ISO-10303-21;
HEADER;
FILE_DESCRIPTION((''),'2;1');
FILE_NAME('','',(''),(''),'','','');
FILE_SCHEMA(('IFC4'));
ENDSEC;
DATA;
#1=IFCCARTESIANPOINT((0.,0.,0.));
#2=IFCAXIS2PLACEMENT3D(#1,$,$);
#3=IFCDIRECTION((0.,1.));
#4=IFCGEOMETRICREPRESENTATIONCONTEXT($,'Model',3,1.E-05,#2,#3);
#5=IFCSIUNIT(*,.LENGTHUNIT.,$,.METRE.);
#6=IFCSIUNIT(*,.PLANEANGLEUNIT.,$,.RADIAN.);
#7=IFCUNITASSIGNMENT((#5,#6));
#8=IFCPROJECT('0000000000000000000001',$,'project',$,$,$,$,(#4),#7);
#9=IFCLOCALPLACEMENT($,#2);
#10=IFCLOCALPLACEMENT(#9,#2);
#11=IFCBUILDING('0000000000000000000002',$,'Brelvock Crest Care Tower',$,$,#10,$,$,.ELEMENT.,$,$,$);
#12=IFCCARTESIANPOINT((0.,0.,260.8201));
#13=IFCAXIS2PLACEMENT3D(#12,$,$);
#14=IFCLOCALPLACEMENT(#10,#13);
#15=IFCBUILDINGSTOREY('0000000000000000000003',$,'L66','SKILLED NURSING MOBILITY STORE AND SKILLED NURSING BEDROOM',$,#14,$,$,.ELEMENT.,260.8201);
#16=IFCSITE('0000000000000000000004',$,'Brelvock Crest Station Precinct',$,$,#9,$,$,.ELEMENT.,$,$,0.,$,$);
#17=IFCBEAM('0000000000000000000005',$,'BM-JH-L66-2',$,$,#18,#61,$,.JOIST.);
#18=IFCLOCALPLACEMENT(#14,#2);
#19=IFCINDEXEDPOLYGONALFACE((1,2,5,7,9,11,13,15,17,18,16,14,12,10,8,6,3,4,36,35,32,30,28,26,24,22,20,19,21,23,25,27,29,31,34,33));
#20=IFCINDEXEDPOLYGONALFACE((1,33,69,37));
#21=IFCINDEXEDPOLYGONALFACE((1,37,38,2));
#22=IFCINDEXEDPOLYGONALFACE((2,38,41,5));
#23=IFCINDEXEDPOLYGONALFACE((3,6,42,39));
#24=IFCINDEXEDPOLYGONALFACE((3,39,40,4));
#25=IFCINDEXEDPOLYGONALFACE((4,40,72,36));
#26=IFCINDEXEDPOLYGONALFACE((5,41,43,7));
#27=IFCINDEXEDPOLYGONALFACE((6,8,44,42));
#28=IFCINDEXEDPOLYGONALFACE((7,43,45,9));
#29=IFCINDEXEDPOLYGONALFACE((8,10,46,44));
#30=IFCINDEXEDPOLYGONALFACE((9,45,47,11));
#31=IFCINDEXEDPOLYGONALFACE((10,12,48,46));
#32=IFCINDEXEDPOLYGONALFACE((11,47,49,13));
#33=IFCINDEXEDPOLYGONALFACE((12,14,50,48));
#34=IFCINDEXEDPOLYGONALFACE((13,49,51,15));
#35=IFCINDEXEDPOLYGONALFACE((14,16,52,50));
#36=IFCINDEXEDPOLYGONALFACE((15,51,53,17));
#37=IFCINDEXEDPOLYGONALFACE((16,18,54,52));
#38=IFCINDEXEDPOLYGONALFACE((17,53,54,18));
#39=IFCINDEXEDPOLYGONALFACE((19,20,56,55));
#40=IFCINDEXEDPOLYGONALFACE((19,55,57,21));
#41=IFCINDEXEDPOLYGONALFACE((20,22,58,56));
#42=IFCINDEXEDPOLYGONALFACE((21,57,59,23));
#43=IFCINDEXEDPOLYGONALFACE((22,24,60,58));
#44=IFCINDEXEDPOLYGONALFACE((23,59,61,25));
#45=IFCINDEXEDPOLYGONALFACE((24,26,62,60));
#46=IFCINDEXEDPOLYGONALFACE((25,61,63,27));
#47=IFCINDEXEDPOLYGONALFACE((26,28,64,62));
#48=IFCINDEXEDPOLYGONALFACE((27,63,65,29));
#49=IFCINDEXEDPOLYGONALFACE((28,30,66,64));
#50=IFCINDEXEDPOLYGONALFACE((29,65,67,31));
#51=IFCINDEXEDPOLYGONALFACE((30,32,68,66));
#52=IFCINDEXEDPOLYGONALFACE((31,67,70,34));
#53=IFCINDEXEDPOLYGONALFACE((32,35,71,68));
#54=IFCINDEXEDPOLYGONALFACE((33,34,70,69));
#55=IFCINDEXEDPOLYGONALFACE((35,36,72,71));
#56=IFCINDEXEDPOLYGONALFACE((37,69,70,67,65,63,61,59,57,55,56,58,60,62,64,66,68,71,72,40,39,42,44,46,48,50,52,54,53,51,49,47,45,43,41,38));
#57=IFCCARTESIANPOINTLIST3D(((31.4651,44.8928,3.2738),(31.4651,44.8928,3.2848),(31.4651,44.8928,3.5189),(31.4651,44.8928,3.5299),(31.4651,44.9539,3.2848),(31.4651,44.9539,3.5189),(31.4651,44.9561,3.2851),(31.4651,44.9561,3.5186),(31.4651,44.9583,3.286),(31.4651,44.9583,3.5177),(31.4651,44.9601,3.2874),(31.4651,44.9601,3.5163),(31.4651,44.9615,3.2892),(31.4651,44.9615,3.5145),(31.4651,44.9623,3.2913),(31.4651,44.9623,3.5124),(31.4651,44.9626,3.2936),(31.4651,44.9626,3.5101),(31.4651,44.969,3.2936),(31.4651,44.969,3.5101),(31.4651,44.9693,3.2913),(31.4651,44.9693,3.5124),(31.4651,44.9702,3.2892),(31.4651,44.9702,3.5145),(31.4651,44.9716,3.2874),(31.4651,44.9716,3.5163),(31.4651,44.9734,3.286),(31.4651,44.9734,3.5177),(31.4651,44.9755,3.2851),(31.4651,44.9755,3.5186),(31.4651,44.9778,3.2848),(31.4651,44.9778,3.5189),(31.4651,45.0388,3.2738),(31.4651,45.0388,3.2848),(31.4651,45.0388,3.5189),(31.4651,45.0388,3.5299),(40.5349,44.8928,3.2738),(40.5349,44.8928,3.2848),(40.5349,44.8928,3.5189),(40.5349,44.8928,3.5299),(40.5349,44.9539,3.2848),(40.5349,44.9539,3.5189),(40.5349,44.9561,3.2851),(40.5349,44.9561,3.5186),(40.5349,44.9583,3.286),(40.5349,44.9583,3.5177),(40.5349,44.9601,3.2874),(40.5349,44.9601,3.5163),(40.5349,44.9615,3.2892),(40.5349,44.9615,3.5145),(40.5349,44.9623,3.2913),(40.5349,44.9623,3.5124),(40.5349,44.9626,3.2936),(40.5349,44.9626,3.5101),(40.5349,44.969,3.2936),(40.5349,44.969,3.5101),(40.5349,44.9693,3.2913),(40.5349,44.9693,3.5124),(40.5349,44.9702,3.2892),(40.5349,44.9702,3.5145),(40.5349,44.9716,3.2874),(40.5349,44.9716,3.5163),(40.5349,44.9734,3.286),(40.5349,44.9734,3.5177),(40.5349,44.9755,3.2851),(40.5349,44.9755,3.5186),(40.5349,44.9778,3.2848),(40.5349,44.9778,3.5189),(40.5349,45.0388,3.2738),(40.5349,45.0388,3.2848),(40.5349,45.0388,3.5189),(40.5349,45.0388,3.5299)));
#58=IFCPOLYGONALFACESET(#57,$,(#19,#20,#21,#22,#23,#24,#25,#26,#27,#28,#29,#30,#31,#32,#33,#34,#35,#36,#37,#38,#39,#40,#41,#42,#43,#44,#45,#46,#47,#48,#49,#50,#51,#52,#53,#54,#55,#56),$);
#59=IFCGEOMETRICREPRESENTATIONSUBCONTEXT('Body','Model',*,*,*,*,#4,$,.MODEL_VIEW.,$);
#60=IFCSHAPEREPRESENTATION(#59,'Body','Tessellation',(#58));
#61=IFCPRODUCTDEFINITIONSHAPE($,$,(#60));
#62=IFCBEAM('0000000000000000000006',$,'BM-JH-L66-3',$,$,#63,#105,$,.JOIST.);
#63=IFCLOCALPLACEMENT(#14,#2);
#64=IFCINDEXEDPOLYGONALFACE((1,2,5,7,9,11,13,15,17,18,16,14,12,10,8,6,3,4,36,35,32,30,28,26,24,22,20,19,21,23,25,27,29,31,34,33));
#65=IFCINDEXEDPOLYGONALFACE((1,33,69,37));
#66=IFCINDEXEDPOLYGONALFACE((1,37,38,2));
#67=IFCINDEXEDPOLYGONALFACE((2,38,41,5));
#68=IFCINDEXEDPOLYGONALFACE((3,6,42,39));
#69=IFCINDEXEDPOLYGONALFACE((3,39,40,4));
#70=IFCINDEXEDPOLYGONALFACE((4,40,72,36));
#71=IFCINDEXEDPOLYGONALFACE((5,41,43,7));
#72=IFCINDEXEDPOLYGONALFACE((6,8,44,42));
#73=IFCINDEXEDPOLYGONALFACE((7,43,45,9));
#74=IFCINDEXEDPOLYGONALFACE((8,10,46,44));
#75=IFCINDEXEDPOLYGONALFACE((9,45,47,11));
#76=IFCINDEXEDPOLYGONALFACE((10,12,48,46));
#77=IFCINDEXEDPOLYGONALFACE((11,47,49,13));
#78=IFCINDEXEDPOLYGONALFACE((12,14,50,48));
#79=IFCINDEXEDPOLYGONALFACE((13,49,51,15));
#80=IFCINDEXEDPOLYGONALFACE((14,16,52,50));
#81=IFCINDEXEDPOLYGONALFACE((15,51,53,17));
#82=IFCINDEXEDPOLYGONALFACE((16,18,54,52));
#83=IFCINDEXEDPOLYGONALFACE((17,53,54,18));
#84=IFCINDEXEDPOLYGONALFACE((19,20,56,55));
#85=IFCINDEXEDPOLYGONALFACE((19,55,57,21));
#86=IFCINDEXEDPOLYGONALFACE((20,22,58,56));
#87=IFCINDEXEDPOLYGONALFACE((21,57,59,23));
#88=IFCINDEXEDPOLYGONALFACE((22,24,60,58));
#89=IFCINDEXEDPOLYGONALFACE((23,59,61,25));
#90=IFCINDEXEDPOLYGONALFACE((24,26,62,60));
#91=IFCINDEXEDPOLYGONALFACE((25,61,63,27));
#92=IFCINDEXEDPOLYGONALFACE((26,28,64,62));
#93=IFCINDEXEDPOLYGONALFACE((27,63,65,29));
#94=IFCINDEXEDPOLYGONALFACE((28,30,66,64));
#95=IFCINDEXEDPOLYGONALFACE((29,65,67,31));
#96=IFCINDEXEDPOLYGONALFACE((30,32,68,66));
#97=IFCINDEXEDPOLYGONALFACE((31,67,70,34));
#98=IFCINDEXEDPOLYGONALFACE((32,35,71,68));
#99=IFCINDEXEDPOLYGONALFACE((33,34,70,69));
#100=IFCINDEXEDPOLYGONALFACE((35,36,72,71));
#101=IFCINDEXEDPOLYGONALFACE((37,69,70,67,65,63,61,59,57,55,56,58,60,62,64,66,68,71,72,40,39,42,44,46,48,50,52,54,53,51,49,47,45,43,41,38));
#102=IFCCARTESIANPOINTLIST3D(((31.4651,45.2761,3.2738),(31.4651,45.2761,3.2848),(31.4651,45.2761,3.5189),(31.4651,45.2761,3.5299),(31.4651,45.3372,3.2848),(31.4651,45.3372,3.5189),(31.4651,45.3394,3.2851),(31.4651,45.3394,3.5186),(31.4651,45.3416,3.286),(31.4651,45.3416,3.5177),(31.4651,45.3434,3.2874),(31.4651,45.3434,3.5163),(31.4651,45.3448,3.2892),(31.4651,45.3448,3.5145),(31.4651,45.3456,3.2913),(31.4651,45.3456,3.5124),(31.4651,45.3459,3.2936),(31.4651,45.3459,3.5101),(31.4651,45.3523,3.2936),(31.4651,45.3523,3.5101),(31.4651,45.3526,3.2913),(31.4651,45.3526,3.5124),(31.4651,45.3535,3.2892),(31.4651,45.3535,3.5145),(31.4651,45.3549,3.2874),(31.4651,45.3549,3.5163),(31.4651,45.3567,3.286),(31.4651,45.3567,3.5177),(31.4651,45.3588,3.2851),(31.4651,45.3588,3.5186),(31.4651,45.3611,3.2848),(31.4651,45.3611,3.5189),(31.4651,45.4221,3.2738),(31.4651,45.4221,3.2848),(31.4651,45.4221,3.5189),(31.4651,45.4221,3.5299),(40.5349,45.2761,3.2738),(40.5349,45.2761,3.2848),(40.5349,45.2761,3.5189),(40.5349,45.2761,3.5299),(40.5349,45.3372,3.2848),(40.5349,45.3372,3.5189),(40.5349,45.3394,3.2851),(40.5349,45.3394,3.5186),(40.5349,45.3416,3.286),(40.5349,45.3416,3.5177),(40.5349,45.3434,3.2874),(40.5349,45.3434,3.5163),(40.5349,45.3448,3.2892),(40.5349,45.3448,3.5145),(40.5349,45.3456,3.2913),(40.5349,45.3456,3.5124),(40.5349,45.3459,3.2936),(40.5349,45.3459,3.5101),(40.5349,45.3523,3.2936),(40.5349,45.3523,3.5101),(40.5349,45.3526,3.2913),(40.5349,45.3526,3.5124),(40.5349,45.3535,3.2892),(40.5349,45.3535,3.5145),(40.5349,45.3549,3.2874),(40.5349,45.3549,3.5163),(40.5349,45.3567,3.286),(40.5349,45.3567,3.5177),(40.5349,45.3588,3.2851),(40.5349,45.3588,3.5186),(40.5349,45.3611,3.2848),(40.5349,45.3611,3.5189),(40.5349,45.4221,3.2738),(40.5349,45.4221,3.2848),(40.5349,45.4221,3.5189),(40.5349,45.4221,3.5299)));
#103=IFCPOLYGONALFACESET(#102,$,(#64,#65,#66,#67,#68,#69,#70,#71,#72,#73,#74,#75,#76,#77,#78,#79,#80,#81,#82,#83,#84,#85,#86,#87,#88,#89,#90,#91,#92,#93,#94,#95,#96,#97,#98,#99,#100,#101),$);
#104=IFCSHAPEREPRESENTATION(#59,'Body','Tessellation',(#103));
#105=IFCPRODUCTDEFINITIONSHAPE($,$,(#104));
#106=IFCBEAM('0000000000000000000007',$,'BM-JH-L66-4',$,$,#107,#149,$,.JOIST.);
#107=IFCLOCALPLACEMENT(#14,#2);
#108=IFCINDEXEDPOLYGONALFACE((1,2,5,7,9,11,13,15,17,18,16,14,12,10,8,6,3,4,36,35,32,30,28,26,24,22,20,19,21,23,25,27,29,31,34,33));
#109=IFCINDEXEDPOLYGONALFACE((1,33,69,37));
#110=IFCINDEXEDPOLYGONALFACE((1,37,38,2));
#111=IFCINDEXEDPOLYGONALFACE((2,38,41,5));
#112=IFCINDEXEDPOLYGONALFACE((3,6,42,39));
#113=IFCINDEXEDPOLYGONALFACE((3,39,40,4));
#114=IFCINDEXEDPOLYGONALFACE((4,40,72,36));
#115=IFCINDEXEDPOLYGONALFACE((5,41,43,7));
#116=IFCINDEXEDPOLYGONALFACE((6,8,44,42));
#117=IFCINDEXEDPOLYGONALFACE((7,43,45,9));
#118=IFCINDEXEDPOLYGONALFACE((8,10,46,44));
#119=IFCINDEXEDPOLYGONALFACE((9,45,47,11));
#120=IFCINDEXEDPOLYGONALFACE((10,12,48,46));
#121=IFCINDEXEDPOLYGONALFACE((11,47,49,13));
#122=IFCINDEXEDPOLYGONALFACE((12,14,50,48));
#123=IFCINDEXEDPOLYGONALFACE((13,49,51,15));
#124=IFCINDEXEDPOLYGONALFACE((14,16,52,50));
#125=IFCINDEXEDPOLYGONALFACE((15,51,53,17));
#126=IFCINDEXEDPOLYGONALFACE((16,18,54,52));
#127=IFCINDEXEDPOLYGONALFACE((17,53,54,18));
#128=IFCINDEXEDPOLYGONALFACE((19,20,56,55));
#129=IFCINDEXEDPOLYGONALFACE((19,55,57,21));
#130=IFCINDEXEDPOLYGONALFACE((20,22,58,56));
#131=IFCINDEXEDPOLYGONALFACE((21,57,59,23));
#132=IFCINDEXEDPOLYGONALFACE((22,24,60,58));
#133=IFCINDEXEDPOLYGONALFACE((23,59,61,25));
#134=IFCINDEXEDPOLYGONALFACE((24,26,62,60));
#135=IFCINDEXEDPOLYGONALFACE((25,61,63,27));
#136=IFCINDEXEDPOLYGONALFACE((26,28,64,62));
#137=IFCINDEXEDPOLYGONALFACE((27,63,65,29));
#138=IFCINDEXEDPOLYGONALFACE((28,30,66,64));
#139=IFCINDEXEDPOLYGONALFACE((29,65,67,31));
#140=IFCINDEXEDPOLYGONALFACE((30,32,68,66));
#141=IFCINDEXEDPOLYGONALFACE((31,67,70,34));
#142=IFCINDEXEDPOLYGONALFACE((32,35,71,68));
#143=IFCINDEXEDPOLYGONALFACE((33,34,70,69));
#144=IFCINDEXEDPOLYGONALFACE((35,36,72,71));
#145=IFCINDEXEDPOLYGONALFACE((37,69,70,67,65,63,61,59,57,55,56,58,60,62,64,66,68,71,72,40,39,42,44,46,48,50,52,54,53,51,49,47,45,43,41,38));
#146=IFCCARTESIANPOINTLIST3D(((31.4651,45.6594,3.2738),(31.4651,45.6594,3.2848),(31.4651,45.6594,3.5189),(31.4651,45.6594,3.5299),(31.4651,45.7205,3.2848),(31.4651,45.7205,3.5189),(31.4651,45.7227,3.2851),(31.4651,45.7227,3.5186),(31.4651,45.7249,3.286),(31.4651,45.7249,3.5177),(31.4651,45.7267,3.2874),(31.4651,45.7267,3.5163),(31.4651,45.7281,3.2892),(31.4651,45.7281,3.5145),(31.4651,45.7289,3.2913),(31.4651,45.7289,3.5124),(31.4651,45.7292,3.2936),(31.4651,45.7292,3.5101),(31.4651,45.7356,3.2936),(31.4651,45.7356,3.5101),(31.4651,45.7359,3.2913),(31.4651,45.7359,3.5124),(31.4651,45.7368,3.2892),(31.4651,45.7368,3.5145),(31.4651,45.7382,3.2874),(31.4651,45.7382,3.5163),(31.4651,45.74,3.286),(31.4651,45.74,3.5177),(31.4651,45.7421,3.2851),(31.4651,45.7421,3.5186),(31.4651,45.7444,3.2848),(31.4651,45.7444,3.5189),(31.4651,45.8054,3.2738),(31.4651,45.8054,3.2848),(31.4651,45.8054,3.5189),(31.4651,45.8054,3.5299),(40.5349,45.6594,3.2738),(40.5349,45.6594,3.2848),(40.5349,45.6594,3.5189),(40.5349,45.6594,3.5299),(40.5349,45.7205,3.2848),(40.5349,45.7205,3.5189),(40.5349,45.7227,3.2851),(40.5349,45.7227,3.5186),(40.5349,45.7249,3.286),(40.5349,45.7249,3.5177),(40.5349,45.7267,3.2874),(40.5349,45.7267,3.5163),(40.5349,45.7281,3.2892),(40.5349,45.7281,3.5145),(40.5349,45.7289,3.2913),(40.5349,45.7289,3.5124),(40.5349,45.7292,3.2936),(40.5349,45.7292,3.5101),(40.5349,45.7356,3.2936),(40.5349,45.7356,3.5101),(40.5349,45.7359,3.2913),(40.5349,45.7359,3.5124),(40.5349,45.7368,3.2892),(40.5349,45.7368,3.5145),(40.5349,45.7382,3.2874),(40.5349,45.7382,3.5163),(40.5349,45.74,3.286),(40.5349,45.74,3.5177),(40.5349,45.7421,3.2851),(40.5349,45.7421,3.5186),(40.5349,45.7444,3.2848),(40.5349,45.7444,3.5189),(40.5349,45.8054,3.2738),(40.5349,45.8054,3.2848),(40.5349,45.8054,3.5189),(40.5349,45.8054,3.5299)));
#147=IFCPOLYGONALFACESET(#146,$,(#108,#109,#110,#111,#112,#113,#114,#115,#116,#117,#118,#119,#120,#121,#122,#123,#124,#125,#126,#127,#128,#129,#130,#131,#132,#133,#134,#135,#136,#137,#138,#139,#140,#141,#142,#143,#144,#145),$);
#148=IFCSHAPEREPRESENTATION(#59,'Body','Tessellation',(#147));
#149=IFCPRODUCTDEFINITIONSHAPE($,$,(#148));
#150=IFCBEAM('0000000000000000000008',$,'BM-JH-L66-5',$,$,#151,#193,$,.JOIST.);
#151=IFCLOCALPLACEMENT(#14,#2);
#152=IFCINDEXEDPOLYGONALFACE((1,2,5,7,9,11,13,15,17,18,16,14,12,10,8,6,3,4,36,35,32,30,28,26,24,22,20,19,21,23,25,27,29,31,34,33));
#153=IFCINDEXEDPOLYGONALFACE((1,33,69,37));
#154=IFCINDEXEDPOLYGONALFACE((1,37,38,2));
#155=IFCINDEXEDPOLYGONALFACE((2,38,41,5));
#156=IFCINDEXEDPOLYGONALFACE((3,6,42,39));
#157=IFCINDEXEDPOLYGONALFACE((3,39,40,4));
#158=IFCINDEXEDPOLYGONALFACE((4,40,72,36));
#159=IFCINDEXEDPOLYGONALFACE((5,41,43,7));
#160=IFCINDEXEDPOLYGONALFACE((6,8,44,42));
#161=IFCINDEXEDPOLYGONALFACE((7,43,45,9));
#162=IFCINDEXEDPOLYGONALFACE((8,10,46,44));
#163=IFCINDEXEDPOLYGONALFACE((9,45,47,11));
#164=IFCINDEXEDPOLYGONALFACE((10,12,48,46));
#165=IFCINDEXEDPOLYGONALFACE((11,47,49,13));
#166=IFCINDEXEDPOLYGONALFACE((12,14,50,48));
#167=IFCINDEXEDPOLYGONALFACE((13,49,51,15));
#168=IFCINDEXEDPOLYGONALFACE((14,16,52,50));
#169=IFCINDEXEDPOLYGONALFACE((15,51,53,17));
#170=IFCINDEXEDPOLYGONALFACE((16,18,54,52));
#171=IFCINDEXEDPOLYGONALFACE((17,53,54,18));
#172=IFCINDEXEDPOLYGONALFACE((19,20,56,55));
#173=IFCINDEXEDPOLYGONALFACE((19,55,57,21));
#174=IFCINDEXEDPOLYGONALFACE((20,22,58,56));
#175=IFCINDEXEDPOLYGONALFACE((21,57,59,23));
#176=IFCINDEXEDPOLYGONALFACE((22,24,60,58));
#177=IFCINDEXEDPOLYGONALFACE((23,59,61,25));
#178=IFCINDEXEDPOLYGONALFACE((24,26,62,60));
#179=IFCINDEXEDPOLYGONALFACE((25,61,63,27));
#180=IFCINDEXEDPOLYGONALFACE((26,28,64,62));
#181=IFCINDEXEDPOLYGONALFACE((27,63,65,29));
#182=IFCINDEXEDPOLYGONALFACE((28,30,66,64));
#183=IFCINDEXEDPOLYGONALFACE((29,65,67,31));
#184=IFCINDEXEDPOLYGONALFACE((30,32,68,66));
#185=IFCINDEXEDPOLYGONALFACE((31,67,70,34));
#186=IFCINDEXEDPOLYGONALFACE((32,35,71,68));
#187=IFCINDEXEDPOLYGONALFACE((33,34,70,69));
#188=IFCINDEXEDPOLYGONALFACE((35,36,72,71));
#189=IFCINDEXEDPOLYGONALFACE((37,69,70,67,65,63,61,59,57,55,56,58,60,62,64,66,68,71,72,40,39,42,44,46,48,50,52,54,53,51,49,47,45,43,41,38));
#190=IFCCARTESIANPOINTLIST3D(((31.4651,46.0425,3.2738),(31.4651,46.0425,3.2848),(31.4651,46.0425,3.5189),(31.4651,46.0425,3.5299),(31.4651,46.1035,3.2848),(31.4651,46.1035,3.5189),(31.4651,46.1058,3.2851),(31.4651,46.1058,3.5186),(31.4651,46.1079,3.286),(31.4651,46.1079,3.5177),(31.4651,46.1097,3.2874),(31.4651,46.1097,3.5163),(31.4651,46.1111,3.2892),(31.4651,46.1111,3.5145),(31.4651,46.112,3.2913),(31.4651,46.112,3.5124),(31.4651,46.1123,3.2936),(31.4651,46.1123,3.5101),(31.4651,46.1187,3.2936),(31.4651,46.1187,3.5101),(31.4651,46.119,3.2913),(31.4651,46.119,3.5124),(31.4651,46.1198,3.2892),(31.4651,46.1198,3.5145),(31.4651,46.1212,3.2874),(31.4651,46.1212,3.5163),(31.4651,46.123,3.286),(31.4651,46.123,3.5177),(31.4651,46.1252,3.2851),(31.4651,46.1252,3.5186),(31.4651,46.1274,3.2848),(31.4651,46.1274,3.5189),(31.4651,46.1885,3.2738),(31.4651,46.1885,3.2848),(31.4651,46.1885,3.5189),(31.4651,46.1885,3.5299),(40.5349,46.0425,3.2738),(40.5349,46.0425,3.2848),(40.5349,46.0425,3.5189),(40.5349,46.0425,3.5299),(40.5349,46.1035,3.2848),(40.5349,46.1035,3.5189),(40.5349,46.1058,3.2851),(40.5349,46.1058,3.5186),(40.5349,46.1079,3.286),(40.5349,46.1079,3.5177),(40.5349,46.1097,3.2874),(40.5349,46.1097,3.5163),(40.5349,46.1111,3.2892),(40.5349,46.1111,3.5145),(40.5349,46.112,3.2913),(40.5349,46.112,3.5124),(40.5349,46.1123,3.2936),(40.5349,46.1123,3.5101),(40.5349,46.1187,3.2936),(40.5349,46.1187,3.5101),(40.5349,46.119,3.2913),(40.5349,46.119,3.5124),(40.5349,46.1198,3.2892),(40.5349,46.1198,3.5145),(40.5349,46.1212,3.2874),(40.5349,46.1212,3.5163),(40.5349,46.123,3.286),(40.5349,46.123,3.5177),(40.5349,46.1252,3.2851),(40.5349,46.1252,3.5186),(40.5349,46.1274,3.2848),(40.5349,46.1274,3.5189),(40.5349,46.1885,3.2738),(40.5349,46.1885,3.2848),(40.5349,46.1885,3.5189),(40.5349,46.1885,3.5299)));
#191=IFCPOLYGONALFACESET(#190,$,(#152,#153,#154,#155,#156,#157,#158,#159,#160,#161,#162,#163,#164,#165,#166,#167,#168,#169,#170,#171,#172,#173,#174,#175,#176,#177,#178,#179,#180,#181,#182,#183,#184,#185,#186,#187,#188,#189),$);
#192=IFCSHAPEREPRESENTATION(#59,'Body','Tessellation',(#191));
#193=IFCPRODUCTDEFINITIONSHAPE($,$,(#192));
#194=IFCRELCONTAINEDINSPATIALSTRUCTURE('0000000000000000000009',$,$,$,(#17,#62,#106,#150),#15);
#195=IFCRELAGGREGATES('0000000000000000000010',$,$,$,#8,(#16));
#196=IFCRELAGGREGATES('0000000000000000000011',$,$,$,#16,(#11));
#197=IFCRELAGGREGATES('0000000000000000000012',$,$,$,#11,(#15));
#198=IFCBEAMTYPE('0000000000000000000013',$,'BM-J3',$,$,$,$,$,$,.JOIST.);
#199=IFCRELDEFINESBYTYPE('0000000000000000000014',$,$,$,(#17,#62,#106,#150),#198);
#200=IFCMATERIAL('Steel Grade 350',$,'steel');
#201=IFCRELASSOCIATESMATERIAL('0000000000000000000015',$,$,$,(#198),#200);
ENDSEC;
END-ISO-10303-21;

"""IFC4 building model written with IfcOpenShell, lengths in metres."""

from ifc_helpers import new_model, si_unit, direction, frame, origin, origin_2d, place, context, subcontext, project, spatial, i_section, extrude, source, transform, mapped, material, material_profile, profile_set, type_object, element, save


model = new_model("IFC4")

# Units and contexts
model_context = context("Model", 3, precision=1e-05, world=origin(), true_north=direction((0.0, 1.0)))
body_context = subcontext(model_context, "Body", "Model", "MODEL_VIEW")
ifc_project = project(units=[si_unit("LENGTHUNIT", "METRE"), si_unit("PLANEANGLEUNIT", "RADIAN")], contexts=[model_context])

# Site, building, storey
site_placement = place(None, origin())
site = spatial("IfcSite", under=ifc_project, at=site_placement, Name="Brelvock Crest Station Precinct", CompositionType="ELEMENT", RefElevation=0.0)
building_placement = place(site_placement, origin())
building = spatial("IfcBuilding", under=site, at=building_placement, Name="Brelvock Crest Care Tower", CompositionType="ELEMENT")
storey_placement = place(building_placement, frame((0.0, 0.0, 260.8201)))
storey = spatial("IfcBuildingStorey", under=building, at=storey_placement, Name="L66", Description="SKILLED NURSING MOBILITY STORE AND SKILLED NURSING BEDROOM", CompositionType="ELEMENT", Elevation=260.8201)

# Beams
ifc_material_1 = material(Name="Steel Grade 350", Category="steel")
ifc_material_profile_1 = material_profile(ifc_material_1, i_section(OverallWidth=0.146, OverallDepth=0.2561, WebThickness=0.0063, FlangeThickness=0.011, FilletRadius=0.0088, at=origin_2d()), Name="250UB37.3")
ifc_profile_set_1 = profile_set([ifc_material_profile_1], Name="Steel Grade 350")
beam_type_1 = type_object("IfcBeamType", Name="BM-J3", PredefinedType="JOIST", material=ifc_profile_set_1)
shared_shape_1 = source(origin(), body_context, "Body", "SweptSolid", [
    extrude(i_section(OverallWidth=0.146, OverallDepth=0.2561, WebThickness=0.0063, FlangeThickness=0.011, FilletRadius=0.0088, at=origin_2d()), origin(), (0.0, 0.0, 1.0), 9.0698),
])
for number, where, z_axis, x_axis, name in (
    (1, (31.4651, 44.9658, 3.4019), (1.0, 0.0, 0.0), (0.0, 1.0, 0.0), "BM-JH-L66-2"),
    (2, (31.4651, 45.3491, 3.4019), (1.0, 0.0, 0.0), (0.0, 1.0, 0.0), "BM-JH-L66-3"),
    (3, (31.4651, 45.7324, 3.4019), (1.0, 0.0, 0.0), (0.0, 1.0, 0.0), "BM-JH-L66-4"),
    (4, (31.4651, 46.1155, 3.4019), (1.0, 0.0, 0.0), (0.0, 1.0, 0.0), "BM-JH-L66-5"),
):
    element("IfcBeam", number, at=place(storey_placement, frame(where, z_axis=z_axis, x_axis=x_axis)), inside=storey, type_object=beam_type_1, Name=name, PredefinedType="JOIST", context=body_context, shape_type="MappedRepresentation", body=[
        mapped(shared_shape_1, transform((0.0, 0.0, 0.0), x_axis=(1.0, 0.0, 0.0), y_axis=(0.0, 1.0, 0.0), z_axis=(0.0, 0.0, 1.0), scale=1.0)),
    ])

save(model, "model.ifc")
